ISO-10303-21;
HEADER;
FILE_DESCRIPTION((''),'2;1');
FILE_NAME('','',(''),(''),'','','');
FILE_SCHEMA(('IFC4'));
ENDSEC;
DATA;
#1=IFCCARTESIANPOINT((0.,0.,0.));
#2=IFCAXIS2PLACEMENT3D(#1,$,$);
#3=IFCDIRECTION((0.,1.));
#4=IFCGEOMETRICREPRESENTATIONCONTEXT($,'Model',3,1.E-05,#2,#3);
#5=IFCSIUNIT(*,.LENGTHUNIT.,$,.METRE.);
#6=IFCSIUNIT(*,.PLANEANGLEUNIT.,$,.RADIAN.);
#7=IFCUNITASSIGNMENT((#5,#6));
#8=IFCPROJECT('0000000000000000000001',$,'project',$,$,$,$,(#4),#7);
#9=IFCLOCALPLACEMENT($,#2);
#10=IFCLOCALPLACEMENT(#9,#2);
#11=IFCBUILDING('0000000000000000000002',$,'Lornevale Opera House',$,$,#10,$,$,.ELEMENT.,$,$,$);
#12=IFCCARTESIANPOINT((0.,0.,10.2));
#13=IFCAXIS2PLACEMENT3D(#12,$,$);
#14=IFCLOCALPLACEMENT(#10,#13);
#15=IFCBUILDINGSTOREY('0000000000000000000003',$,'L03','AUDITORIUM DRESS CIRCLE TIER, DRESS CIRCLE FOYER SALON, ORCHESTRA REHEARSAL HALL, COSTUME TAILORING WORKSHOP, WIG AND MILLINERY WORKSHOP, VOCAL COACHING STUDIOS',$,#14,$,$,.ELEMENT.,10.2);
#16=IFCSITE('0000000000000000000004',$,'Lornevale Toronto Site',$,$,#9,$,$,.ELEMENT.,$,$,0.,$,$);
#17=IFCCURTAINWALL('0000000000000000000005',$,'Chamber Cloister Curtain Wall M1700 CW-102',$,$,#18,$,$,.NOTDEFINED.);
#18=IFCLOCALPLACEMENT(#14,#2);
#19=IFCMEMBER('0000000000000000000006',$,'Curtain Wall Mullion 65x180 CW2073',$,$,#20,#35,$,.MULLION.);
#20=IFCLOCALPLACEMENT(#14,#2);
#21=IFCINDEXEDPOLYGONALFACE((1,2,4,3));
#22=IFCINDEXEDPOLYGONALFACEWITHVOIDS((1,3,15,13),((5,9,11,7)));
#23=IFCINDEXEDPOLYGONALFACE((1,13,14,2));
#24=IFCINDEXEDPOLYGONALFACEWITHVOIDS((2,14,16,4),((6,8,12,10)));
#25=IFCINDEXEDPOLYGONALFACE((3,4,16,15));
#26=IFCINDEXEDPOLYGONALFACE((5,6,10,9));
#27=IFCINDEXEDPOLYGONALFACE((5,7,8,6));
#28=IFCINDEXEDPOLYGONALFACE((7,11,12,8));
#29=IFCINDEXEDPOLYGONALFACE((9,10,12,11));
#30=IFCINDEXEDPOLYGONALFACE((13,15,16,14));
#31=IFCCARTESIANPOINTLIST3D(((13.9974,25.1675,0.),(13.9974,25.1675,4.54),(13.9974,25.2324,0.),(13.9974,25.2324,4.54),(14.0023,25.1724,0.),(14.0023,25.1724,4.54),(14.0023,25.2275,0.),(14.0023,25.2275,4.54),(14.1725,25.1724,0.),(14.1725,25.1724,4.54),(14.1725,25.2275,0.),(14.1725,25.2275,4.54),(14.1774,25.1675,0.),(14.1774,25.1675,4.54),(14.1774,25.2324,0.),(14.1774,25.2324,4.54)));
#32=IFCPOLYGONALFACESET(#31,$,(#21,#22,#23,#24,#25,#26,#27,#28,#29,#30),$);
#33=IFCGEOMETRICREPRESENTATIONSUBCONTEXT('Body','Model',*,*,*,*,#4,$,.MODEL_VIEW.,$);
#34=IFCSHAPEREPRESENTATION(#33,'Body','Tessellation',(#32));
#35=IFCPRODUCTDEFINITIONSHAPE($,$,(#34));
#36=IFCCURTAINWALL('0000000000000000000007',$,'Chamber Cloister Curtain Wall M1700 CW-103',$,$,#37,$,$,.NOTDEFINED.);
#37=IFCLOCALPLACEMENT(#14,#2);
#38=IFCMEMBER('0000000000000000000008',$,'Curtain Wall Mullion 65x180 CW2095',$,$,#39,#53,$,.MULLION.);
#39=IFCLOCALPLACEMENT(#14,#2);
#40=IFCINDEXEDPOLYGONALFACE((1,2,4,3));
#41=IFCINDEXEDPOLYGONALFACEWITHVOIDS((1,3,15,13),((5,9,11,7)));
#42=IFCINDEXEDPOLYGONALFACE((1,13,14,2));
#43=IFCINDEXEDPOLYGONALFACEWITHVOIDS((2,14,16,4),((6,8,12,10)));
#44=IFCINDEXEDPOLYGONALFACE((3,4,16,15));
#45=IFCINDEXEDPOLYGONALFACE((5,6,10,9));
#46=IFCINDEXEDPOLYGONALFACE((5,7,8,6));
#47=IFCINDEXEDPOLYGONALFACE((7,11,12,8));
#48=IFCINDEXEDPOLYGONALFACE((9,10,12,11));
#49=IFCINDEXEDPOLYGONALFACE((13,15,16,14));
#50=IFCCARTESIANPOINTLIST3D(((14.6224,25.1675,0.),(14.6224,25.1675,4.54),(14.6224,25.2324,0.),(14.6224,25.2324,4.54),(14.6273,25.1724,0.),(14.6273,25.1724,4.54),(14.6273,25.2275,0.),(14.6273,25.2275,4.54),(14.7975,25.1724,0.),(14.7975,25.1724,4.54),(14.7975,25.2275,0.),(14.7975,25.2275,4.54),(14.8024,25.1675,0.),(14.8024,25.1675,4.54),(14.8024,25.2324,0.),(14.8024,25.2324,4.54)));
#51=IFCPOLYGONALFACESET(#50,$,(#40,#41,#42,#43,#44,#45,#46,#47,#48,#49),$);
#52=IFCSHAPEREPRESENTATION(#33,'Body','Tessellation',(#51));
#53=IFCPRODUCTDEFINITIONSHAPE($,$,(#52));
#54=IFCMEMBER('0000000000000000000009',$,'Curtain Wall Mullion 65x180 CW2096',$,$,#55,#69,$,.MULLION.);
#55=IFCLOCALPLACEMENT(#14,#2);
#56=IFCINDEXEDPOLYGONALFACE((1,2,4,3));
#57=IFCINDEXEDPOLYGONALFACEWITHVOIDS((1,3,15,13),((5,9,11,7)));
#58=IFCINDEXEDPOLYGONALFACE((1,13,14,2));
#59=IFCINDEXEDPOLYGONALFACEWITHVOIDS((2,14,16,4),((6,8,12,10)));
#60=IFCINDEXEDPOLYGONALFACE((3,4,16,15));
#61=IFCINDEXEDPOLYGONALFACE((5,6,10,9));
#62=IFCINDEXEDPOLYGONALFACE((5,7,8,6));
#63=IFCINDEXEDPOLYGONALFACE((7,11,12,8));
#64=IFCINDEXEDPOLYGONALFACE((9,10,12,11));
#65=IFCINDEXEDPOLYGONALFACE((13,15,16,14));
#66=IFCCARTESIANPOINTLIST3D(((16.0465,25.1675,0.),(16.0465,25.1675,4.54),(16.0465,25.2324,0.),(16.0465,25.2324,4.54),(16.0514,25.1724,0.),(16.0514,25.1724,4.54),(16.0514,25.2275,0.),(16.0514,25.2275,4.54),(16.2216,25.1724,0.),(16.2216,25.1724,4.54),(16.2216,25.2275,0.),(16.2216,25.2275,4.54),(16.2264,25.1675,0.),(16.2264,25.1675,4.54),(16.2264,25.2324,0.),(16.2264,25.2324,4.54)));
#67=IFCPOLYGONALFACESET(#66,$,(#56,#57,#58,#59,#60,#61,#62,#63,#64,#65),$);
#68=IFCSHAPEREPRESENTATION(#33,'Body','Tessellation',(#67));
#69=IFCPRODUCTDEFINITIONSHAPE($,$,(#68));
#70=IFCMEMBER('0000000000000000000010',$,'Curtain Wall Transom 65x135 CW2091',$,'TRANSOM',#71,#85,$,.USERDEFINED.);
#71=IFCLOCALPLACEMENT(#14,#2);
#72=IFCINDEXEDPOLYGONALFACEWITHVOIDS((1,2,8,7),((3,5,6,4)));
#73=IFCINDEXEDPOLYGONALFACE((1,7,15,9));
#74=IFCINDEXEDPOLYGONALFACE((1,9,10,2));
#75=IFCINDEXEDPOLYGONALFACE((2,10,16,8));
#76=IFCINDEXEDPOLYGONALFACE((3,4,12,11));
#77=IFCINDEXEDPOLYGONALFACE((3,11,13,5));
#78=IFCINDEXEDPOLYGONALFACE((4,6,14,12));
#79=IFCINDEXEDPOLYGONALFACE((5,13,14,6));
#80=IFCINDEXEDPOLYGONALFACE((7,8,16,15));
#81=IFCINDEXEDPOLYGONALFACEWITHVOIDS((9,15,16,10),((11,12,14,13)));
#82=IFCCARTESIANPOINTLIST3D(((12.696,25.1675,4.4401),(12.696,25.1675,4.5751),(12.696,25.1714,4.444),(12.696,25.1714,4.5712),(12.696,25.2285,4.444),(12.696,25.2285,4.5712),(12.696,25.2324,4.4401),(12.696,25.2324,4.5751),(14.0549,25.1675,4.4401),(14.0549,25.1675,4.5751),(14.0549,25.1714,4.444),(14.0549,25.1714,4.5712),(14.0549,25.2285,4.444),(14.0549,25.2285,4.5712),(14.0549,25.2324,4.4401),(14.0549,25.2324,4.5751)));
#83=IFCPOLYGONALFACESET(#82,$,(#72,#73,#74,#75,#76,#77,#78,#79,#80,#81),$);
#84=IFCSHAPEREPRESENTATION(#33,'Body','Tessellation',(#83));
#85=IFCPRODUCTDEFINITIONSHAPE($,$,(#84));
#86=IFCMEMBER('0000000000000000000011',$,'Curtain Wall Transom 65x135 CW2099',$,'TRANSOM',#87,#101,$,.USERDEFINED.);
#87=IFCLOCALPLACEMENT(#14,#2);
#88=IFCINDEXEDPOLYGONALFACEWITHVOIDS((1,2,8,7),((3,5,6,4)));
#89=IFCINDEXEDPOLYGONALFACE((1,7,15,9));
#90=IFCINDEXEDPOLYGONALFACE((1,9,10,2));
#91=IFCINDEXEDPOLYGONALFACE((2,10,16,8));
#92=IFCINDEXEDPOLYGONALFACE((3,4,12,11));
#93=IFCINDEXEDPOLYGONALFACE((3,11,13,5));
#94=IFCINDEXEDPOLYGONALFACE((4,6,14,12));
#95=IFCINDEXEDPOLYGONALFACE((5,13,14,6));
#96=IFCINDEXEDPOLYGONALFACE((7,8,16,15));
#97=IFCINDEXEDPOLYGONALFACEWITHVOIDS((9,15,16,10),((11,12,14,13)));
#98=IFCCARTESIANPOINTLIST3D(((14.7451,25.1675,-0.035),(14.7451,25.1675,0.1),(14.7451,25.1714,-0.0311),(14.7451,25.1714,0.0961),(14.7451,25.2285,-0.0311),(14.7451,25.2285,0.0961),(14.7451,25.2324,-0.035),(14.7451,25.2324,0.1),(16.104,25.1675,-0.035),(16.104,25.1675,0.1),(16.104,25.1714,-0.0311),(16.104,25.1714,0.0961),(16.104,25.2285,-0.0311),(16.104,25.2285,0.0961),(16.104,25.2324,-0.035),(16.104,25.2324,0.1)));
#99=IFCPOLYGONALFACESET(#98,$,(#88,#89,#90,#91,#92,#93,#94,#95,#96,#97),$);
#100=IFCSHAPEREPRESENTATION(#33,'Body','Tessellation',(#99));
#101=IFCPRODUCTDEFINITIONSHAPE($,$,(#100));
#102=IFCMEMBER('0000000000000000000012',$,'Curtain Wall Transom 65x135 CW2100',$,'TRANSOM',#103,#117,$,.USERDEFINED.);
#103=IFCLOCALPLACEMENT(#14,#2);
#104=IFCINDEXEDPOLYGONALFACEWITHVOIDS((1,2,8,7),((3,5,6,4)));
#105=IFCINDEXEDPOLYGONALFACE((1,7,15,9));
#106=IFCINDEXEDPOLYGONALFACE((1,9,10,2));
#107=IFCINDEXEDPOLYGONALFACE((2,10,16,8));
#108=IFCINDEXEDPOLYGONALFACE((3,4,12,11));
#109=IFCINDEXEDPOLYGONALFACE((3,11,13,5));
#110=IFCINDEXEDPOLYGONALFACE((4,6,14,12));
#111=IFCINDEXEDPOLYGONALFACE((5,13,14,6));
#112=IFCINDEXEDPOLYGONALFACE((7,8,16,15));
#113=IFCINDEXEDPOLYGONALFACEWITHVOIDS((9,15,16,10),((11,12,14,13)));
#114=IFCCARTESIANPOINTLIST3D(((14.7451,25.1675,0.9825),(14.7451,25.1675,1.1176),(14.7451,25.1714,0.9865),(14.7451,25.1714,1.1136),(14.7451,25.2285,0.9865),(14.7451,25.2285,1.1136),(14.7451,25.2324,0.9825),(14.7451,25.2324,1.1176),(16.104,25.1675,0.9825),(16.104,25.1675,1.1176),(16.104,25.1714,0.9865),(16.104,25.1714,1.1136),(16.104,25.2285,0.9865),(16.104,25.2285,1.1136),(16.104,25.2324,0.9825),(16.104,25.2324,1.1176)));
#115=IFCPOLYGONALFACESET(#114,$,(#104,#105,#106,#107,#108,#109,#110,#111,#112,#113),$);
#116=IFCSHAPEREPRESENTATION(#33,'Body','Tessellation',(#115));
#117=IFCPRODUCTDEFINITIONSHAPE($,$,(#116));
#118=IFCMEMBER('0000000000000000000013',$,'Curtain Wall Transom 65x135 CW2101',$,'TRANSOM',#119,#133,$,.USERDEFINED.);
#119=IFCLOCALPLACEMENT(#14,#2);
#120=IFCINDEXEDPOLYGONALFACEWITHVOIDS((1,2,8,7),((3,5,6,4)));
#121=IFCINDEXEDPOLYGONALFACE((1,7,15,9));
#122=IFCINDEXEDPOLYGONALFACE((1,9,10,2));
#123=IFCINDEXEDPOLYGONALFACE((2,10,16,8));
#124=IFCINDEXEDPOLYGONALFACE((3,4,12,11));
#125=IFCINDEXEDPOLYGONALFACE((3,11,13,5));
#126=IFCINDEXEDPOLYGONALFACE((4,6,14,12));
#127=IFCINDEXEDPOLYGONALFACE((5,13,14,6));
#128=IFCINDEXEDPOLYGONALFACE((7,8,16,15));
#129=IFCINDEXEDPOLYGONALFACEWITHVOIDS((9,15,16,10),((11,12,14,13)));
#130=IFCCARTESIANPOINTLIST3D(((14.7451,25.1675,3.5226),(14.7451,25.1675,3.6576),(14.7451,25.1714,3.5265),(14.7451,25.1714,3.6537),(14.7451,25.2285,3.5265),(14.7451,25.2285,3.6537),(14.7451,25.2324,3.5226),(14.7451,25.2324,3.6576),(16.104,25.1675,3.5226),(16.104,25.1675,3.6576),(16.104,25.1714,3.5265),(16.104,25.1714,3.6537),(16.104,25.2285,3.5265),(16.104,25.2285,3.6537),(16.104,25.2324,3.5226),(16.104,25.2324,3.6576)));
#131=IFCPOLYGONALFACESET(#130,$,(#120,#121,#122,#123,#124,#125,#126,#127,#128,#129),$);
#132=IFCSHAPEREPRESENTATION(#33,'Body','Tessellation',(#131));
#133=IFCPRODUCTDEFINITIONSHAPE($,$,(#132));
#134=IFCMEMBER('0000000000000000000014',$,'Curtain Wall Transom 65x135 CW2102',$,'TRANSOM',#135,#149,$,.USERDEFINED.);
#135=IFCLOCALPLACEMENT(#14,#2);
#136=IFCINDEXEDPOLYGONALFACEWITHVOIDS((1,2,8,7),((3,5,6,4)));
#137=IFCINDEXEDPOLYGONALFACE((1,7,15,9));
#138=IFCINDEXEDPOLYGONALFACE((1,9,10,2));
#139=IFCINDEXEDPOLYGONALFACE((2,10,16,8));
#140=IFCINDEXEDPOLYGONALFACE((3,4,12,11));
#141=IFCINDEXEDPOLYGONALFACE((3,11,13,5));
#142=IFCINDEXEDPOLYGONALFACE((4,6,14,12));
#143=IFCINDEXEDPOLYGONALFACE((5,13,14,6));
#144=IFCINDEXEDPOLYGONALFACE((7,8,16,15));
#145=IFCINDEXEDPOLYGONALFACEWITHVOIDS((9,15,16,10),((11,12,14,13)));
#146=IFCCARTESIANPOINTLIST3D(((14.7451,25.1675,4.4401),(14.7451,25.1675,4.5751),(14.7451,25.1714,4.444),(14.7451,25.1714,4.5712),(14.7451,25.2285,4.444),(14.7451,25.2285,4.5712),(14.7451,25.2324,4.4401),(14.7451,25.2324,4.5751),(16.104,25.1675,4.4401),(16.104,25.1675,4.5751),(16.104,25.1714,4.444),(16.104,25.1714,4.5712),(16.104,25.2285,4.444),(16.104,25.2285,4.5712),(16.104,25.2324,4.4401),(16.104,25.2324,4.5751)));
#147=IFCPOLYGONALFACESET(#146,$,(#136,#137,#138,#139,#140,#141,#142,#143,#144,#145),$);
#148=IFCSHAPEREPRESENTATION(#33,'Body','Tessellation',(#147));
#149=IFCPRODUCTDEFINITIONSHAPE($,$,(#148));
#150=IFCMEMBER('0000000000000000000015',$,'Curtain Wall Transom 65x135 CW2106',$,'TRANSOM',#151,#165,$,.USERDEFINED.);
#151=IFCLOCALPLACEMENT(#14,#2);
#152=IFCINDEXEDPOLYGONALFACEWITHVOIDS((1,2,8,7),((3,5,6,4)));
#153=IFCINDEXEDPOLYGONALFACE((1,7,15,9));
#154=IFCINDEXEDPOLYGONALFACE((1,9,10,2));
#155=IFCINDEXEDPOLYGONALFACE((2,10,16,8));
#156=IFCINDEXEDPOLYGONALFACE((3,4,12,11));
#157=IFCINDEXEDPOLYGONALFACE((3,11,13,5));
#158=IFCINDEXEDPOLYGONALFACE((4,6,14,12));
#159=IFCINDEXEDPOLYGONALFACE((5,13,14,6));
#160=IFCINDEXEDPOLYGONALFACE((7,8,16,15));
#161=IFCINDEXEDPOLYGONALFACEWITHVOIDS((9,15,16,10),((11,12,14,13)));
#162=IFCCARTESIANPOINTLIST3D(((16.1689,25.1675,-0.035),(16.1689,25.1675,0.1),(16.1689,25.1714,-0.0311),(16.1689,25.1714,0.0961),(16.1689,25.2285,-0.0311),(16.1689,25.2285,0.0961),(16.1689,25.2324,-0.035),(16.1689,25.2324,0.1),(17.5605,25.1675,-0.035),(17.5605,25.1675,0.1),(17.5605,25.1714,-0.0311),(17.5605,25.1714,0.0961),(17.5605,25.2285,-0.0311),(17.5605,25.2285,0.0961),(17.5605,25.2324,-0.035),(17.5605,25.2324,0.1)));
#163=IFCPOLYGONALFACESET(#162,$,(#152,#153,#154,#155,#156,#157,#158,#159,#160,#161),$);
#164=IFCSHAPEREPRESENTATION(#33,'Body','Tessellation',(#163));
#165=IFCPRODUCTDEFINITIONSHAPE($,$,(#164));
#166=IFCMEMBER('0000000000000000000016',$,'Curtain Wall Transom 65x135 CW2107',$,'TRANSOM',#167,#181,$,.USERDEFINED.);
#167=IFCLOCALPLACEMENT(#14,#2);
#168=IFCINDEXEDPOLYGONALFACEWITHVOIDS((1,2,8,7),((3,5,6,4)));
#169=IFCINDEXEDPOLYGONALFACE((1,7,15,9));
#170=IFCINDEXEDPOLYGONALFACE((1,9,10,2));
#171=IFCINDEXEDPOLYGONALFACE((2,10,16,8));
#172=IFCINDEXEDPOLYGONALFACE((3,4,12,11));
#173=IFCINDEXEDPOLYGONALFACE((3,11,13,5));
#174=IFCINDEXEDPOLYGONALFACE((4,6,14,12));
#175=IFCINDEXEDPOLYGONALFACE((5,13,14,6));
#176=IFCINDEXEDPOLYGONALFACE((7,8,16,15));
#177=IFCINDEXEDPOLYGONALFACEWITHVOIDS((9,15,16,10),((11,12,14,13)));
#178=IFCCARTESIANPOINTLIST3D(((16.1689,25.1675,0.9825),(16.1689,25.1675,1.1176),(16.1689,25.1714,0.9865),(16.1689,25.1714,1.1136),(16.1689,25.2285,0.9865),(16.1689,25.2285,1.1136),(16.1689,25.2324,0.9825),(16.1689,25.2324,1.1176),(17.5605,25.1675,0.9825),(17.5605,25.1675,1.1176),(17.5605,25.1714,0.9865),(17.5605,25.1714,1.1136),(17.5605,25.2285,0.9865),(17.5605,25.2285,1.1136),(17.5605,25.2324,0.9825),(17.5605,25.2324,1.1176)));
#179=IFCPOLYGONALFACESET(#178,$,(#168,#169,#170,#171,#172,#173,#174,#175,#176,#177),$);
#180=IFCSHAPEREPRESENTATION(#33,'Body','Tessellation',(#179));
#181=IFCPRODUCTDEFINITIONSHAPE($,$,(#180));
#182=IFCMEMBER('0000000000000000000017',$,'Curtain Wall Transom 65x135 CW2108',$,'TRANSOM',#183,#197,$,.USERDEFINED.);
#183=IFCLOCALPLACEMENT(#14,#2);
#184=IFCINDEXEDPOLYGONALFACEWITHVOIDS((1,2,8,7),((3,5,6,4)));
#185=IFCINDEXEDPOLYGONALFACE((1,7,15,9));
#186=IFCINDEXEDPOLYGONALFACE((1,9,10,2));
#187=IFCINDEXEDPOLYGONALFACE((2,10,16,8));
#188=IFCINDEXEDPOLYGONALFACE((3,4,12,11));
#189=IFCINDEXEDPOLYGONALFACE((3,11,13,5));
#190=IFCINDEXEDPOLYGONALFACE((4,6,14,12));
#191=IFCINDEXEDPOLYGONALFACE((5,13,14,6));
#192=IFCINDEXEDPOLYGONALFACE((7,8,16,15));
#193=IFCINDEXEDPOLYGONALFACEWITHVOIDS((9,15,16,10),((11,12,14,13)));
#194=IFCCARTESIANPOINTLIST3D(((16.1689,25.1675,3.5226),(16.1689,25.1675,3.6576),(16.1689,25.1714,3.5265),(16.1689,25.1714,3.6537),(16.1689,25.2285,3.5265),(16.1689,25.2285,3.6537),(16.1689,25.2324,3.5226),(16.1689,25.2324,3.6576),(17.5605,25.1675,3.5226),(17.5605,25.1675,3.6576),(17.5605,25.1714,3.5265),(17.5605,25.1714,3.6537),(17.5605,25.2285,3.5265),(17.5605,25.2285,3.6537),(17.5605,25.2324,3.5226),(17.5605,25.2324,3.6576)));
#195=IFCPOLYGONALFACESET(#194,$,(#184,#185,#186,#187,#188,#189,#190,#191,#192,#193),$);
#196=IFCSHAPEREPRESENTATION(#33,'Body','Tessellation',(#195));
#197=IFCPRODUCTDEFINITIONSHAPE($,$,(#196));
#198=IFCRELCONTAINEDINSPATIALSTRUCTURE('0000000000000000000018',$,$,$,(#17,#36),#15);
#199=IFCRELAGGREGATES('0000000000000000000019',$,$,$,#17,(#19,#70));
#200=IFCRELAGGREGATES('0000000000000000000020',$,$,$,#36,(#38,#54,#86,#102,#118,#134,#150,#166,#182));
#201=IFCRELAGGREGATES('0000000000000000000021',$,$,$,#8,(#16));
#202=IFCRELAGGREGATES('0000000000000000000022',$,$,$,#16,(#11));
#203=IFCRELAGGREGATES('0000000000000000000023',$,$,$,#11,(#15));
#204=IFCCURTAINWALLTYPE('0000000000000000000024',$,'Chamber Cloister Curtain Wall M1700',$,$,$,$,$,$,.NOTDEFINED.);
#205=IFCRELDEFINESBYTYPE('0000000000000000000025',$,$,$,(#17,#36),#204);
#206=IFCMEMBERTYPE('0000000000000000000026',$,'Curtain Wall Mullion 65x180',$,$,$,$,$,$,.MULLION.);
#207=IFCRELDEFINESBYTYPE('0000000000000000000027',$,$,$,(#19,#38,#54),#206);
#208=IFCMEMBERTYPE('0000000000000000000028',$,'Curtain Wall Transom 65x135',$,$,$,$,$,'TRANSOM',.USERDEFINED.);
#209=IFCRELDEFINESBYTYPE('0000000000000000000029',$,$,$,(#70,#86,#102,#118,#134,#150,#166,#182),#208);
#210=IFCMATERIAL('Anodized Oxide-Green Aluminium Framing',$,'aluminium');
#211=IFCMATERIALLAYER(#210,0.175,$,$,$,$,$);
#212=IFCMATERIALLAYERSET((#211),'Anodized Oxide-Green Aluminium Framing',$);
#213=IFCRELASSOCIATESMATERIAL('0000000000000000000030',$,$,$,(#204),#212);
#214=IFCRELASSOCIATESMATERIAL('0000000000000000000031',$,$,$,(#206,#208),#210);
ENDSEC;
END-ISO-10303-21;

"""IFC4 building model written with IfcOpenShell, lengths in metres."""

from ifc_helpers import new_model, si_unit, direction, frame, origin, origin_2d, place, context, subcontext, project, spatial, hollow_rectangle, extrude, material, layer, layer_set, material_profile, profile_set, type_object, element, aggregate, save


model = new_model("IFC4")

# Units and contexts
model_context = context("Model", 3, precision=1e-05, world=origin(), true_north=direction((0.0, 1.0)))
body_context = subcontext(model_context, "Body", "Model", "MODEL_VIEW")
ifc_project = project(units=[si_unit("LENGTHUNIT", "METRE"), si_unit("PLANEANGLEUNIT", "RADIAN")], contexts=[model_context])

# Site, building, storey
site_placement = place(None, origin())
site = spatial("IfcSite", under=ifc_project, at=site_placement, Name="Lornevale Toronto Site", CompositionType="ELEMENT", RefElevation=0.0)
building_placement = place(site_placement, origin())
building = spatial("IfcBuilding", under=site, at=building_placement, Name="Lornevale Opera House", CompositionType="ELEMENT")
storey_placement = place(building_placement, frame((0.0, 0.0, 10.2)))
storey = spatial("IfcBuildingStorey", under=building, at=storey_placement, Name="L03", Description="AUDITORIUM DRESS CIRCLE TIER, DRESS CIRCLE FOYER SALON, ORCHESTRA REHEARSAL HALL, COSTUME TAILORING WORKSHOP, WIG AND MILLINERY WORKSHOP, VOCAL COACHING STUDIOS", CompositionType="ELEMENT", Elevation=10.2)

# Curtain wall, member
ifc_material_1 = material(Name="Anodized Oxide-Green Aluminium Framing", Category="aluminium")
ifc_layer_1 = layer(ifc_material_1, 0.175)
ifc_layer_set_1 = layer_set([ifc_layer_1], Name="Anodized Oxide-Green Aluminium Framing")
curtain_wall_type = type_object("IfcCurtainWallType", Name="Chamber Cloister Curtain Wall M1700", PredefinedType="NOTDEFINED", material=ifc_layer_set_1)
curtain_wall_1_placement = place(storey_placement, origin())
curtain_wall_1 = element("IfcCurtainWall", 1, at=curtain_wall_1_placement, inside=storey, type_object=curtain_wall_type, Name="Chamber Cloister Curtain Wall M1700 CW-102", PredefinedType="NOTDEFINED")
ifc_material_profile_1 = material_profile(ifc_material_1, hollow_rectangle(XDim=0.0649, YDim=0.1799, WallThickness=0.0049, at=origin_2d()), Name="ALU65x180x5")
ifc_profile_set_1 = profile_set([ifc_material_profile_1], Name="Anodized Oxide-Green Aluminium Framing")
member_type_1 = type_object("IfcMemberType", Name="Curtain Wall Mullion 65x180", PredefinedType="MULLION", material=ifc_profile_set_1)
member_1_placement = place(storey_placement, frame((14.0874, 25.2, 0.0), z_axis=(0.0, 0.0, 1.0), x_axis=(0.0, 1.0, 0.0)))
member_1 = element("IfcMember", 2, at=member_1_placement, type_object=member_type_1, Name="Curtain Wall Mullion 65x180 CW2073", PredefinedType="MULLION", context=body_context, shape_type="SweptSolid", body=[
    extrude(hollow_rectangle(XDim=0.0649, YDim=0.1799, WallThickness=0.0049, at=origin_2d()), origin(), (0.0, 0.0, 1.0), 4.54),
])

# Curtain wall, members
curtain_wall_2_placement = place(storey_placement, origin())
curtain_wall_2 = element("IfcCurtainWall", 3, at=curtain_wall_2_placement, inside=storey, type_object=curtain_wall_type, Name="Chamber Cloister Curtain Wall M1700 CW-103", PredefinedType="NOTDEFINED")
member_2_placement = place(storey_placement, frame((14.7124, 25.2, 0.0), z_axis=(0.0, 0.0, 1.0), x_axis=(0.0, 1.0, 0.0)))
member_2 = element("IfcMember", 4, at=member_2_placement, type_object=member_type_1, Name="Curtain Wall Mullion 65x180 CW2095", PredefinedType="MULLION", context=body_context, shape_type="SweptSolid", body=[
    extrude(hollow_rectangle(XDim=0.0649, YDim=0.1799, WallThickness=0.0049, at=origin_2d()), origin(), (0.0, 0.0, 1.0), 4.54),
])
member_3_placement = place(storey_placement, frame((16.1365, 25.2, 0.0), z_axis=(0.0, 0.0, 1.0), x_axis=(0.0, 1.0, 0.0)))
member_3 = element("IfcMember", 5, at=member_3_placement, type_object=member_type_1, Name="Curtain Wall Mullion 65x180 CW2096", PredefinedType="MULLION", context=body_context, shape_type="SweptSolid", body=[
    extrude(hollow_rectangle(XDim=0.0649, YDim=0.1799, WallThickness=0.0049, at=origin_2d()), origin(), (0.0, 0.0, 1.0), 4.54),
])

# Members
ifc_material_profile_2 = material_profile(ifc_material_1, hollow_rectangle(XDim=0.0649, YDim=0.135, WallThickness=0.0039, at=origin_2d()), Name="ALU65x135x4")
ifc_profile_set_2 = profile_set([ifc_material_profile_2], Name="Anodized Oxide-Green Aluminium Framing")
member_type_2 = type_object("IfcMemberType", Name="Curtain Wall Transom 65x135", ElementType="TRANSOM", PredefinedType="USERDEFINED", material=ifc_profile_set_2)
member_4_placement = place(storey_placement, frame((12.696, 25.2, 4.5076), z_axis=(1.0, 0.0, 0.0), x_axis=(0.0, 1.0, 0.0)))
member_4 = element("IfcMember", 6, at=member_4_placement, type_object=member_type_2, Name="Curtain Wall Transom 65x135 CW2091", ObjectType="TRANSOM", PredefinedType="USERDEFINED", context=body_context, shape_type="SweptSolid", body=[
    extrude(hollow_rectangle(XDim=0.0649, YDim=0.135, WallThickness=0.0039, at=origin_2d()), origin(), (0.0, 0.0, 1.0), 1.3589),
])
member_5_placement = place(storey_placement, frame((14.7451, 25.2, 0.0325), z_axis=(1.0, 0.0, 0.0), x_axis=(0.0, 1.0, 0.0)))
member_5 = element("IfcMember", 7, at=member_5_placement, type_object=member_type_2, Name="Curtain Wall Transom 65x135 CW2099", ObjectType="TRANSOM", PredefinedType="USERDEFINED", context=body_context, shape_type="SweptSolid", body=[
    extrude(hollow_rectangle(XDim=0.0649, YDim=0.135, WallThickness=0.0039, at=origin_2d()), origin(), (0.0, 0.0, 1.0), 1.3589),
])
member_6_placement = place(storey_placement, frame((14.7451, 25.2, 1.05), z_axis=(1.0, 0.0, 0.0), x_axis=(0.0, 1.0, 0.0)))
member_6 = element("IfcMember", 8, at=member_6_placement, type_object=member_type_2, Name="Curtain Wall Transom 65x135 CW2100", ObjectType="TRANSOM", PredefinedType="USERDEFINED", context=body_context, shape_type="SweptSolid", body=[
    extrude(hollow_rectangle(XDim=0.0649, YDim=0.135, WallThickness=0.0039, at=origin_2d()), origin(), (0.0, 0.0, 1.0), 1.3589),
])
member_7_placement = place(storey_placement, frame((14.7451, 25.2, 3.5901), z_axis=(1.0, 0.0, 0.0), x_axis=(0.0, 1.0, 0.0)))
member_7 = element("IfcMember", 9, at=member_7_placement, type_object=member_type_2, Name="Curtain Wall Transom 65x135 CW2101", ObjectType="TRANSOM", PredefinedType="USERDEFINED", context=body_context, shape_type="SweptSolid", body=[
    extrude(hollow_rectangle(XDim=0.0649, YDim=0.135, WallThickness=0.0039, at=origin_2d()), origin(), (0.0, 0.0, 1.0), 1.3589),
])
member_8_placement = place(storey_placement, frame((14.7451, 25.2, 4.5076), z_axis=(1.0, 0.0, 0.0), x_axis=(0.0, 1.0, 0.0)))
member_8 = element("IfcMember", 10, at=member_8_placement, type_object=member_type_2, Name="Curtain Wall Transom 65x135 CW2102", ObjectType="TRANSOM", PredefinedType="USERDEFINED", context=body_context, shape_type="SweptSolid", body=[
    extrude(hollow_rectangle(XDim=0.0649, YDim=0.135, WallThickness=0.0039, at=origin_2d()), origin(), (0.0, 0.0, 1.0), 1.3589),
])
member_9_placement = place(storey_placement, frame((16.1689, 25.2, 0.0325), z_axis=(1.0, 0.0, 0.0), x_axis=(0.0, 1.0, 0.0)))
member_9 = element("IfcMember", 11, at=member_9_placement, type_object=member_type_2, Name="Curtain Wall Transom 65x135 CW2106", ObjectType="TRANSOM", PredefinedType="USERDEFINED", context=body_context, shape_type="SweptSolid", body=[
    extrude(hollow_rectangle(XDim=0.0649, YDim=0.135, WallThickness=0.0039, at=origin_2d()), origin(), (0.0, 0.0, 1.0), 1.3916),
])
member_10_placement = place(storey_placement, frame((16.1689, 25.2, 1.05), z_axis=(1.0, 0.0, 0.0), x_axis=(0.0, 1.0, 0.0)))
member_10 = element("IfcMember", 12, at=member_10_placement, type_object=member_type_2, Name="Curtain Wall Transom 65x135 CW2107", ObjectType="TRANSOM", PredefinedType="USERDEFINED", context=body_context, shape_type="SweptSolid", body=[
    extrude(hollow_rectangle(XDim=0.0649, YDim=0.135, WallThickness=0.0039, at=origin_2d()), origin(), (0.0, 0.0, 1.0), 1.3916),
])
member_11_placement = place(storey_placement, frame((16.1689, 25.2, 3.5901), z_axis=(1.0, 0.0, 0.0), x_axis=(0.0, 1.0, 0.0)))
member_11 = element("IfcMember", 13, at=member_11_placement, type_object=member_type_2, Name="Curtain Wall Transom 65x135 CW2108", ObjectType="TRANSOM", PredefinedType="USERDEFINED", context=body_context, shape_type="SweptSolid", body=[
    extrude(hollow_rectangle(XDim=0.0649, YDim=0.135, WallThickness=0.0039, at=origin_2d()), origin(), (0.0, 0.0, 1.0), 1.3916),
])

aggregate(curtain_wall_1, [member_1, member_4])
aggregate(curtain_wall_2, [member_2, member_3, member_5, member_6, member_7, member_8, member_9, member_10, member_11])

save(model, "model.ifc")
